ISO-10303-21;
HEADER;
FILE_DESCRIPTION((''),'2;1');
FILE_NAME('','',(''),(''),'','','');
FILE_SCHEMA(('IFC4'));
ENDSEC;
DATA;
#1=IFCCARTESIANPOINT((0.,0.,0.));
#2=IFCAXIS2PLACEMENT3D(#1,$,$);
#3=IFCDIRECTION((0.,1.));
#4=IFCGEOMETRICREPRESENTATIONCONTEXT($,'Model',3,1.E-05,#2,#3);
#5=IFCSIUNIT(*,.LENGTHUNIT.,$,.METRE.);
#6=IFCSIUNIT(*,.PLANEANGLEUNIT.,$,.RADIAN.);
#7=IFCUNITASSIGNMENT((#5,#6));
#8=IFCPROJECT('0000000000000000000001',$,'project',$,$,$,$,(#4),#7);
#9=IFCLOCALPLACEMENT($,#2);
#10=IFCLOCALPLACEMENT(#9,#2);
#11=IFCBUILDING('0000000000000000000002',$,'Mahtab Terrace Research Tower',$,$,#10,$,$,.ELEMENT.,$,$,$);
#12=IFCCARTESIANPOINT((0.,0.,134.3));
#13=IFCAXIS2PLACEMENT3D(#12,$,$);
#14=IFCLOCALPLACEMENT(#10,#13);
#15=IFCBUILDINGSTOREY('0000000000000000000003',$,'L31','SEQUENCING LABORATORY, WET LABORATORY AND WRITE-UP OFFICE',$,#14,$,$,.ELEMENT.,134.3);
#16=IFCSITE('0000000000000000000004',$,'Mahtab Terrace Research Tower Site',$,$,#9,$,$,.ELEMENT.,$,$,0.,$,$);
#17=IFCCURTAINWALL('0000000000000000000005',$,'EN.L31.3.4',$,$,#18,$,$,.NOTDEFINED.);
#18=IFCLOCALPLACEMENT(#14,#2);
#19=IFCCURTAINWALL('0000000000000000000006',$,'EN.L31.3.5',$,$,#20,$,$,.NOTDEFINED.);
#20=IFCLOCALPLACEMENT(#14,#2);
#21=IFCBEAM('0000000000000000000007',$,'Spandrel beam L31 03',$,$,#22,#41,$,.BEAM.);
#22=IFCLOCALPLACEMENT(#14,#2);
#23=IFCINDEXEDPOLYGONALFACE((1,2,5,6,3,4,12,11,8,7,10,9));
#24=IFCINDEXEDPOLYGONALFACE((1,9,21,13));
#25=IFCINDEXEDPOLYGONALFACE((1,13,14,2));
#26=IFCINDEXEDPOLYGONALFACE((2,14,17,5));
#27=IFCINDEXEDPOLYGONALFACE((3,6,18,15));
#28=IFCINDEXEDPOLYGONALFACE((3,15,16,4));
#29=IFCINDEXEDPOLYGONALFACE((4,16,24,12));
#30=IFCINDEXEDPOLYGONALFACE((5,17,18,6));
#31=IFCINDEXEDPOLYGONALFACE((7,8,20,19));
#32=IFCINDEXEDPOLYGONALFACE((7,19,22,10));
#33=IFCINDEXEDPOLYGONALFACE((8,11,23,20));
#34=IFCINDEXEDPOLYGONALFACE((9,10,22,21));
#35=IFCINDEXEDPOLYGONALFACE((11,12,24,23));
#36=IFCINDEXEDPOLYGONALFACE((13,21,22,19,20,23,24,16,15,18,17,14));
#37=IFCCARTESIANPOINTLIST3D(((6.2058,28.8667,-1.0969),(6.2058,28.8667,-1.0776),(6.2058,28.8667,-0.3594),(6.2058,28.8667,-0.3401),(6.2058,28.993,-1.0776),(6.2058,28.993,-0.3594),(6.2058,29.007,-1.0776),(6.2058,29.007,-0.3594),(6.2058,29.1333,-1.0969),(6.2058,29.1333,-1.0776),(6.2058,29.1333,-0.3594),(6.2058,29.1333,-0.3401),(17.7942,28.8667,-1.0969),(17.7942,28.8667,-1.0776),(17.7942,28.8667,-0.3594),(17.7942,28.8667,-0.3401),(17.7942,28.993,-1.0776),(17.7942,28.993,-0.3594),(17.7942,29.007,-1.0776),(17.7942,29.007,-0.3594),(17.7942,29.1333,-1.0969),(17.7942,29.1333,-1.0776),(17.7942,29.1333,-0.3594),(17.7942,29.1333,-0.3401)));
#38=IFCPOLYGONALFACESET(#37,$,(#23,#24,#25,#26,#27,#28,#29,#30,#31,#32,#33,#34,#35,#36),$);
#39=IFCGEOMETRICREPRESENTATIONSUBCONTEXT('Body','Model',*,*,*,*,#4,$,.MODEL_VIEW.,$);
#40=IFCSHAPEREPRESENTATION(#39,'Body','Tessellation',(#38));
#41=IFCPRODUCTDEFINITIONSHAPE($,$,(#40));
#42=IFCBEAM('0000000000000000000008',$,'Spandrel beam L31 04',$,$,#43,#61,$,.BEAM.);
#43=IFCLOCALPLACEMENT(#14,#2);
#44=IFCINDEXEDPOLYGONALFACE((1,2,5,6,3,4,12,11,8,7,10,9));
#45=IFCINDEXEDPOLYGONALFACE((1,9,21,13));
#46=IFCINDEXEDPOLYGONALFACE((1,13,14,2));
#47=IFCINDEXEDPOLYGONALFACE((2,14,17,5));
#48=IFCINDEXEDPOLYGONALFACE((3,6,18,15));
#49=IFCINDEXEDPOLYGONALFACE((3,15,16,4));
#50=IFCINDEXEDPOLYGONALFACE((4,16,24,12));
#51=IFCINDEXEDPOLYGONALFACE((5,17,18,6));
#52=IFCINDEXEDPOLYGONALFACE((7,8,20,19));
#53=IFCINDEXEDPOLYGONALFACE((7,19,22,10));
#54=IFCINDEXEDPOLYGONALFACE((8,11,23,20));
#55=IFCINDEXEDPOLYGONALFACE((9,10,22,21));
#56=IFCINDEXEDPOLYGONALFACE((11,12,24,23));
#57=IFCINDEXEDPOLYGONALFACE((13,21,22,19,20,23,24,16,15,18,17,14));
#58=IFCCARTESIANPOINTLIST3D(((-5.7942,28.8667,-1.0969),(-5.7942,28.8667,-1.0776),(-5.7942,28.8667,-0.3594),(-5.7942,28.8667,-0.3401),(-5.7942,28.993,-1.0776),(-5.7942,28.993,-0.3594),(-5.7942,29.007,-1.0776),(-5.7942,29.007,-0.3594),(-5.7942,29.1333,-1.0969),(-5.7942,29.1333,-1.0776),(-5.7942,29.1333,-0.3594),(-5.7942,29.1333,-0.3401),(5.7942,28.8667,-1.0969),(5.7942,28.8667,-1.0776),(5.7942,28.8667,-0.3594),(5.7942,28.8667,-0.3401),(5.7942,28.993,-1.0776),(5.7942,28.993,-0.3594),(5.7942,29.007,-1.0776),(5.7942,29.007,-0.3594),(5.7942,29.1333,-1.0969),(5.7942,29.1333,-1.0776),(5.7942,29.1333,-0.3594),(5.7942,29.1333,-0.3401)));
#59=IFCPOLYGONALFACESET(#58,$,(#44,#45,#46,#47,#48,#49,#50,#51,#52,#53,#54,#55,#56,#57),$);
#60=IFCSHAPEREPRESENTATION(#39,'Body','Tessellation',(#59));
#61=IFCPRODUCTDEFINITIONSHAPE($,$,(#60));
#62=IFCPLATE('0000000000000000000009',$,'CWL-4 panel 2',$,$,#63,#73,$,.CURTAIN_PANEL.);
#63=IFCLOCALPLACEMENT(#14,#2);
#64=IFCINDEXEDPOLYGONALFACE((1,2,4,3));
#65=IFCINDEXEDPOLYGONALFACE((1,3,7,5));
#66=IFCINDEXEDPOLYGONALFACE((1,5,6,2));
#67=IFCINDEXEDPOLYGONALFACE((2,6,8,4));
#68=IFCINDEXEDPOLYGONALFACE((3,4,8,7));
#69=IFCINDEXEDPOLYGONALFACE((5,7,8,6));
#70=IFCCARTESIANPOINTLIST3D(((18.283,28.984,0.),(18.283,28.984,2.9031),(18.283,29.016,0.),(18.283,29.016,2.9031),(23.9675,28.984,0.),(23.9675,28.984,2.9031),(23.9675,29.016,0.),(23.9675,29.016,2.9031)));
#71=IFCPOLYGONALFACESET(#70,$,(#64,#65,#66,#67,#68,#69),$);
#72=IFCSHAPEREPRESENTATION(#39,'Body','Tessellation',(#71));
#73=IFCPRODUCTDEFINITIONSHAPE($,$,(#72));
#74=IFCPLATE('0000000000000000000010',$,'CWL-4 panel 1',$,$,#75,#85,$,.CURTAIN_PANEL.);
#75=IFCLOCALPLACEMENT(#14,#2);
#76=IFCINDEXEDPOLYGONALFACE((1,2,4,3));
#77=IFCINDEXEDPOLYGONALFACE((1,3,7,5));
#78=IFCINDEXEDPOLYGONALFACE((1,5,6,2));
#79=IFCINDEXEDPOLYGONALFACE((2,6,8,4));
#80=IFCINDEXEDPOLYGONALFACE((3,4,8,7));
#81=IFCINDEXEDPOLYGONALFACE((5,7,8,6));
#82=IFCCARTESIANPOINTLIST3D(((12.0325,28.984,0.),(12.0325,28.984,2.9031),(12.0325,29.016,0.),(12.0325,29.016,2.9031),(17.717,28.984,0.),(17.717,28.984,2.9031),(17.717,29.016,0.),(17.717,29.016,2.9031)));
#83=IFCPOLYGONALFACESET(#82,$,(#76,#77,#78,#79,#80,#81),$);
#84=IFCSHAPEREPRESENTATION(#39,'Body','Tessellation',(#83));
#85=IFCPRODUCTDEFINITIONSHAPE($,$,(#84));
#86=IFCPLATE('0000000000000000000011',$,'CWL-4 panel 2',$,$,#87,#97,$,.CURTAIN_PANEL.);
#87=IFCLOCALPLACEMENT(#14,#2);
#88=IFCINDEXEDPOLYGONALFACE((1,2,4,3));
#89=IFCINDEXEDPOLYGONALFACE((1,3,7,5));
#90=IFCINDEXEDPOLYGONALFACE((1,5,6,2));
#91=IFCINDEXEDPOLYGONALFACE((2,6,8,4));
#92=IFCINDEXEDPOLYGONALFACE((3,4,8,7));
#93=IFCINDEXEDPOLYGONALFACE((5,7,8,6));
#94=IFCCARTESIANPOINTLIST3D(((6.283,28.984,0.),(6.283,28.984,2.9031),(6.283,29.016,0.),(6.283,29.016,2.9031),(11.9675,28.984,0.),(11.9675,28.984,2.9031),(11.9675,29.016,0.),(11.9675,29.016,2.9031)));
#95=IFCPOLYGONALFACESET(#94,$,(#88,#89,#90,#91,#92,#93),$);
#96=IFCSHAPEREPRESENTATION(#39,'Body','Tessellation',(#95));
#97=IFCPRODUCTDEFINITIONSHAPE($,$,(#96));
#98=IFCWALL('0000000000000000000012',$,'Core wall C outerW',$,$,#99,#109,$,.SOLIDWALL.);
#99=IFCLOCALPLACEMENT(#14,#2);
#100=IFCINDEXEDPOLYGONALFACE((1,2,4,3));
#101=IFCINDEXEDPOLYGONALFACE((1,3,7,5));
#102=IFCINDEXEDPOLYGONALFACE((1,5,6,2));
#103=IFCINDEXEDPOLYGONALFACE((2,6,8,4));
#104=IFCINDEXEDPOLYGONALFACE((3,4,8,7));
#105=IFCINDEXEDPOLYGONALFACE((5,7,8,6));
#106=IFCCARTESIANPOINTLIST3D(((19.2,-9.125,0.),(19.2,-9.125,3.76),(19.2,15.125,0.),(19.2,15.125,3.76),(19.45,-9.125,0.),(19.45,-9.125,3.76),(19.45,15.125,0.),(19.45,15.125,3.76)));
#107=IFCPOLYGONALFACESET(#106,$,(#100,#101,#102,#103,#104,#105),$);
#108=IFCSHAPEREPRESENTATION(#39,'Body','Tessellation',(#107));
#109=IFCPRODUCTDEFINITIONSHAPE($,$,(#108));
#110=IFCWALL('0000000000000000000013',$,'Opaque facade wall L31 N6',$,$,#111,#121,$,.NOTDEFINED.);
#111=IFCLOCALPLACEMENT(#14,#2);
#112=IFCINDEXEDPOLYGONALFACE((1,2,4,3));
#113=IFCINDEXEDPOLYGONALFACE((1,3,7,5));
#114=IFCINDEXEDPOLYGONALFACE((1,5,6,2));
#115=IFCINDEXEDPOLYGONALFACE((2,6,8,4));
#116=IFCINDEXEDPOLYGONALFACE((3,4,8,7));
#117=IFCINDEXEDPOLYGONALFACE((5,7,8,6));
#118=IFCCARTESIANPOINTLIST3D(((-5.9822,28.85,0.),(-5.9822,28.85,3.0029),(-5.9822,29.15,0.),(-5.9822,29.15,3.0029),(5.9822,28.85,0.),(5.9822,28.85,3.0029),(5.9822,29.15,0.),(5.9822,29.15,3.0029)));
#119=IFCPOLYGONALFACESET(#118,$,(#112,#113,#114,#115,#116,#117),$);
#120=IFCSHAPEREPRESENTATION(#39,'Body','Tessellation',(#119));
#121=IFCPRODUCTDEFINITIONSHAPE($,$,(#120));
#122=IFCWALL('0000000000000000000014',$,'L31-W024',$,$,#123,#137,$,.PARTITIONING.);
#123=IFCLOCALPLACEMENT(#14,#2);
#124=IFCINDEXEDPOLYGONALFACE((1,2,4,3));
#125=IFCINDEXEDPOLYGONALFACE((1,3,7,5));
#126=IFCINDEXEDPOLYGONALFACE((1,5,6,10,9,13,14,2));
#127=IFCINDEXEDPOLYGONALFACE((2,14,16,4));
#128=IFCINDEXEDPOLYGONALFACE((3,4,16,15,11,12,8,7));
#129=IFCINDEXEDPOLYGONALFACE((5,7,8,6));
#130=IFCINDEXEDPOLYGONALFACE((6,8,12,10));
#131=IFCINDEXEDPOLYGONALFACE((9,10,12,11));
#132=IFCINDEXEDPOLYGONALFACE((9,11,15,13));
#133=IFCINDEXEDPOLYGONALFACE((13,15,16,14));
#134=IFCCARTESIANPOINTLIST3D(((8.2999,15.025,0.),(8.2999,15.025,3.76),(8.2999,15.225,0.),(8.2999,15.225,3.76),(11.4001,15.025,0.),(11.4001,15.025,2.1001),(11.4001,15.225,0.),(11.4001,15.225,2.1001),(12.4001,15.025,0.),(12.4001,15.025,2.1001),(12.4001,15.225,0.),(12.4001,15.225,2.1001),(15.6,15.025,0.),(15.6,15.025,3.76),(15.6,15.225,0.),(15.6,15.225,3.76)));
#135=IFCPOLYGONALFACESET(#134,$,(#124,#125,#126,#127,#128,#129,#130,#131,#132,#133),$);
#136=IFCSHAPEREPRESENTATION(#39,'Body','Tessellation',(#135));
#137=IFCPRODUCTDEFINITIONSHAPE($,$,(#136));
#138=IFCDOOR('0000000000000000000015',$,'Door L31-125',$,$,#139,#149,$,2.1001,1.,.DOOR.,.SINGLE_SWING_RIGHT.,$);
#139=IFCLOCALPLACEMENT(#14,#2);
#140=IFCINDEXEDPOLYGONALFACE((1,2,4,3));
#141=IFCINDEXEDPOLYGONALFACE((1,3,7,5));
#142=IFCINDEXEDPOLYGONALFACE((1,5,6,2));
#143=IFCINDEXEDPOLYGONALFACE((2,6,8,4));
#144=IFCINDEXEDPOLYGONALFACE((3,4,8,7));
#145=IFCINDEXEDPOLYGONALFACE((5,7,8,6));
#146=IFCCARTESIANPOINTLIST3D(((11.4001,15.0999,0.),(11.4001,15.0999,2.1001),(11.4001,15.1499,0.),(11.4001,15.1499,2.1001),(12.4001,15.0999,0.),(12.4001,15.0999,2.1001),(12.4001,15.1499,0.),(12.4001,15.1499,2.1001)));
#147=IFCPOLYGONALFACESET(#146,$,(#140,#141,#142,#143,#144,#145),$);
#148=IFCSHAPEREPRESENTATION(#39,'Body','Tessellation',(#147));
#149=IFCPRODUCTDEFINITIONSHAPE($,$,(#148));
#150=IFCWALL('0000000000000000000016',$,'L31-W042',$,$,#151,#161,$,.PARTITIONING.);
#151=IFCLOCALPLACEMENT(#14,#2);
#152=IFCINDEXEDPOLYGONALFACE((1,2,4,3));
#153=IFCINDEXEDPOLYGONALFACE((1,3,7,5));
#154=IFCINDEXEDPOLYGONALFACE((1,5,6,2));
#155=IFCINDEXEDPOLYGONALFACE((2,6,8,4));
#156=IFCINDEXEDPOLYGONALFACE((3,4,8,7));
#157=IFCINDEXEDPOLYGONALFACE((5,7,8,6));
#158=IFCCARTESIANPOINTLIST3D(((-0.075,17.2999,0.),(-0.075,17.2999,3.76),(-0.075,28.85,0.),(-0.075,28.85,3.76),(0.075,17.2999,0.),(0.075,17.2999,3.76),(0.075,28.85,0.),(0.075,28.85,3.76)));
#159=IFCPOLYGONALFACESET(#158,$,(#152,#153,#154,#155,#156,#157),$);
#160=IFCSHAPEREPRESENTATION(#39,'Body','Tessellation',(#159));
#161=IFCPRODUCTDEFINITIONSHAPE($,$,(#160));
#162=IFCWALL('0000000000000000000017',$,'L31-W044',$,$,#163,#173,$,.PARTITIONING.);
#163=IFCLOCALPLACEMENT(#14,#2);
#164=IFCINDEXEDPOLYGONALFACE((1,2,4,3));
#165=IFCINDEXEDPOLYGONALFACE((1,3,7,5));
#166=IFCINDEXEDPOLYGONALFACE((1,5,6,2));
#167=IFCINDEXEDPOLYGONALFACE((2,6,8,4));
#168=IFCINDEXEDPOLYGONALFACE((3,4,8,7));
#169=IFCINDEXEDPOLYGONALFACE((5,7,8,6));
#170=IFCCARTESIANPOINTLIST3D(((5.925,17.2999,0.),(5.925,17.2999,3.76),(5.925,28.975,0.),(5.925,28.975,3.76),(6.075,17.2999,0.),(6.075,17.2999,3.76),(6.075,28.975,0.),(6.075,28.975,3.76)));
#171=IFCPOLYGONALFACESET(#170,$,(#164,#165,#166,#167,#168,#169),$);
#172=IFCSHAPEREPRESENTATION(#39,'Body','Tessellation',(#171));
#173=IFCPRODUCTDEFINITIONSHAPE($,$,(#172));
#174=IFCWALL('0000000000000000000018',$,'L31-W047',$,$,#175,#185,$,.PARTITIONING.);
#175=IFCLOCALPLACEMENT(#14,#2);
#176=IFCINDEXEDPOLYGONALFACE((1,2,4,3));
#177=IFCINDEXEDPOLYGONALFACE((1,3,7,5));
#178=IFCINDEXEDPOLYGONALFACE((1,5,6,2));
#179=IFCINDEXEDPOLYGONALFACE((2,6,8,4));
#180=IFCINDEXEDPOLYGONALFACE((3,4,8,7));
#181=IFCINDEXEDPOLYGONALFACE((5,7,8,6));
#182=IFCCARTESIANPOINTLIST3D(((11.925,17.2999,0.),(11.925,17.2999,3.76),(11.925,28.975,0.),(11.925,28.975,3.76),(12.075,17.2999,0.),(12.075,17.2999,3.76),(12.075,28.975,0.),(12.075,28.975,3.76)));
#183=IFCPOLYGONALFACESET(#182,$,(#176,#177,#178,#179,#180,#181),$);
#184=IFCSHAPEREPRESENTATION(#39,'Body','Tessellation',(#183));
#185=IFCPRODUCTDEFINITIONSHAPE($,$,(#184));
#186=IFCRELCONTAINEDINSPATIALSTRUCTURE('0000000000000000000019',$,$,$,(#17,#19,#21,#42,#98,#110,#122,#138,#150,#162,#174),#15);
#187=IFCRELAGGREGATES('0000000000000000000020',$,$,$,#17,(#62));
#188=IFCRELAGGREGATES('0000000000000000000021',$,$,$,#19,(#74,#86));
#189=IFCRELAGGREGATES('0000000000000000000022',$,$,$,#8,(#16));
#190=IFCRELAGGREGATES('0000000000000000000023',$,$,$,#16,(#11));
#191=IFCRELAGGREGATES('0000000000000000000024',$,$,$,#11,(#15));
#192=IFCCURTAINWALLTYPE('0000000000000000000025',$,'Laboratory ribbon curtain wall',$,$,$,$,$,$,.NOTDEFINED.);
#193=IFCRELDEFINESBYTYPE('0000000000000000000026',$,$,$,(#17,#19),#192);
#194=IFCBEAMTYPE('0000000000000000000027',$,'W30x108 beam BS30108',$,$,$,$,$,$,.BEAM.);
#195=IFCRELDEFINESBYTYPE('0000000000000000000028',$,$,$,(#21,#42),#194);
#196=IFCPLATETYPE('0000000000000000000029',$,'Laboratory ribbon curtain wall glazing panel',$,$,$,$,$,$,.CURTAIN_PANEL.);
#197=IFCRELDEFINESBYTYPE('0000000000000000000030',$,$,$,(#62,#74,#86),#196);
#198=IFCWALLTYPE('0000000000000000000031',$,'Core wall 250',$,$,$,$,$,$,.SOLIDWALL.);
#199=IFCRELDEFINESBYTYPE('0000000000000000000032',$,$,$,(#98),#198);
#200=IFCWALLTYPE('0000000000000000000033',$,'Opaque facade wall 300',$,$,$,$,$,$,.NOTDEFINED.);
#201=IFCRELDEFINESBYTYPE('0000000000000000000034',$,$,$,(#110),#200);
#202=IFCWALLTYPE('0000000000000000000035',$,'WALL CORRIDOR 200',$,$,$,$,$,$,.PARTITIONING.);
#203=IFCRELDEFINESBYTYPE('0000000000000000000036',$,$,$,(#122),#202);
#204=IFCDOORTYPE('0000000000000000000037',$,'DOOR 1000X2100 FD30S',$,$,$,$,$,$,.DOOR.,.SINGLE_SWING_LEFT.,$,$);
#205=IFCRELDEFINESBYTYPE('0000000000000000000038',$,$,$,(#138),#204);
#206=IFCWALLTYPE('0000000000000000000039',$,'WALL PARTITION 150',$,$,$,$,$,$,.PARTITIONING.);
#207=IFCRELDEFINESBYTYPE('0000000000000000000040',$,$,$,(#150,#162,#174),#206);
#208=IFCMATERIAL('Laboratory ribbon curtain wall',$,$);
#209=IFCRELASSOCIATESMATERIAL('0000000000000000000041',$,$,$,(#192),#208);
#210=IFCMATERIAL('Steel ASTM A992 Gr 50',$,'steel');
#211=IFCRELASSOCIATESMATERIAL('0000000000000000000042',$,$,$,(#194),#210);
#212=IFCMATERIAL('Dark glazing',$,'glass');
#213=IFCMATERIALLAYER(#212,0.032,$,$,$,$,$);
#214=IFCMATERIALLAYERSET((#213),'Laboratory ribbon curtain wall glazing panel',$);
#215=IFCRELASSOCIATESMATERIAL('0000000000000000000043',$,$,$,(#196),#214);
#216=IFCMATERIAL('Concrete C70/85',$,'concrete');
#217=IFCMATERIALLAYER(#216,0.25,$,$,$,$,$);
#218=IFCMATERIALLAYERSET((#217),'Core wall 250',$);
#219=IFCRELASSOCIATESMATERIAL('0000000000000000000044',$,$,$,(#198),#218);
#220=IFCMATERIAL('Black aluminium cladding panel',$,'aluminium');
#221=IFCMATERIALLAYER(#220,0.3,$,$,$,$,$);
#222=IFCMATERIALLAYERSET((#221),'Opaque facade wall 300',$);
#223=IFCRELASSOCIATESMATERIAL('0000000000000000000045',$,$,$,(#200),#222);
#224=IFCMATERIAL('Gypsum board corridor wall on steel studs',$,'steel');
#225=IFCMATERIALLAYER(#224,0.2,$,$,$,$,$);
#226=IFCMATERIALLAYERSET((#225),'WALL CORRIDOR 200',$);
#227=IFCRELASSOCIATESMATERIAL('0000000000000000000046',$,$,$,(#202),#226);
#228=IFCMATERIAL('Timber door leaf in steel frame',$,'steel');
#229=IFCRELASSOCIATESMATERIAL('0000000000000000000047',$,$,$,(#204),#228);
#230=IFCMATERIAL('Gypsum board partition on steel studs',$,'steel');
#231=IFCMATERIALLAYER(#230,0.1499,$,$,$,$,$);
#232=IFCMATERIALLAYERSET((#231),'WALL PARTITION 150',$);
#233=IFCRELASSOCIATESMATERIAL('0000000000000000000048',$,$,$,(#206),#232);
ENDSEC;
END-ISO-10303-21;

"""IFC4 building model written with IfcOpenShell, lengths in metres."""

from ifc_helpers import new_model, si_unit, direction, frame, frame_2d, origin, origin_2d, place, context, subcontext, project, spatial, rectangle, i_section, extrude, material, layer, layer_set, material_profile, profile_set, type_object, element, fill, aggregate, save


model = new_model("IFC4")

# Units and contexts
model_context = context("Model", 3, precision=1e-05, world=origin(), true_north=direction((0.0, 1.0)))
body_context = subcontext(model_context, "Body", "Model", "MODEL_VIEW")
ifc_project = project(units=[si_unit("LENGTHUNIT", "METRE"), si_unit("PLANEANGLEUNIT", "RADIAN")], contexts=[model_context])

# Site, building, storey
site_placement = place(None, origin())
site = spatial("IfcSite", under=ifc_project, at=site_placement, Name="Mahtab Terrace Research Tower Site", CompositionType="ELEMENT", RefElevation=0.0)
building_placement = place(site_placement, origin())
building = spatial("IfcBuilding", under=site, at=building_placement, Name="Mahtab Terrace Research Tower", CompositionType="ELEMENT")
storey_placement = place(building_placement, frame((0.0, 0.0, 134.3)))
storey = spatial("IfcBuildingStorey", under=building, at=storey_placement, Name="L31", Description="SEQUENCING LABORATORY, WET LABORATORY AND WRITE-UP OFFICE", CompositionType="ELEMENT", Elevation=134.3)

# Shared definitions
ifc_material_1 = material(Name="Steel ASTM A992 Gr 50", Category="steel")

# Curtain walls
ifc_material_2 = material(Name="Laboratory ribbon curtain wall")
curtain_wall_type = type_object("IfcCurtainWallType", Name="Laboratory ribbon curtain wall", PredefinedType="NOTDEFINED", material=ifc_material_2)
curtain_wall_1_placement = place(storey_placement, origin())
curtain_wall_1 = element("IfcCurtainWall", 1, at=curtain_wall_1_placement, inside=storey, type_object=curtain_wall_type, Name="EN.L31.3.4", PredefinedType="NOTDEFINED")
curtain_wall_2_placement = place(storey_placement, origin())
curtain_wall_2 = element("IfcCurtainWall", 2, at=curtain_wall_2_placement, inside=storey, type_object=curtain_wall_type, Name="EN.L31.3.5", PredefinedType="NOTDEFINED")

# Beams
ifc_material_profile_1 = material_profile(ifc_material_1, i_section(OverallWidth=0.2666, OverallDepth=0.7568, WebThickness=0.0139, FlangeThickness=0.0193, at=origin_2d()), Name="W30X108")
ifc_profile_set_1 = profile_set([ifc_material_profile_1], Name="Steel ASTM A992 Gr 50")
beam_type = type_object("IfcBeamType", Name="W30x108 beam BS30108", PredefinedType="BEAM", material=ifc_profile_set_1)
for number, where, z_axis, x_axis, name in (
    (3, (17.7942, 29.0, -0.7185), (-1.0, 0.0, 0.0), (0.0, -1.0, 0.0), "Spandrel beam L31 03"),
    (4, (5.7942, 29.0, -0.7185), (-1.0, 0.0, 0.0), (0.0, -1.0, 0.0), "Spandrel beam L31 04"),
):
    element("IfcBeam", number, at=place(storey_placement, frame(where, z_axis=z_axis, x_axis=x_axis)), inside=storey, type_object=beam_type, Name=name, PredefinedType="BEAM", context=body_context, shape_type="SweptSolid", body=[
        extrude(i_section(OverallWidth=0.2666, OverallDepth=0.7568, WebThickness=0.0139, FlangeThickness=0.0193, at=origin_2d()), origin(), (0.0, 0.0, 1.0), 11.5884),
    ])

# Plates
ifc_material_3 = material(Name="Dark glazing", Category="glass")
ifc_layer_1 = layer(ifc_material_3, 0.032)
ifc_layer_set_1 = layer_set([ifc_layer_1], Name="Laboratory ribbon curtain wall glazing panel")
plate_type = type_object("IfcPlateType", Name="Laboratory ribbon curtain wall glazing panel", PredefinedType="CURTAIN_PANEL", material=ifc_layer_set_1)
plate_1_placement = place(storey_placement, frame((21.1252, 29.0, 0.0), z_axis=(0.0, 0.0, 1.0), x_axis=(-1.0, 0.0, 0.0)))
plate_1 = element("IfcPlate", 5, at=plate_1_placement, type_object=plate_type, Name="CWL-4 panel 2", PredefinedType="CURTAIN_PANEL", context=body_context, shape_type="SweptSolid", body=[
    extrude(rectangle(XDim=5.6846, YDim=0.032, at=origin_2d()), origin(), (0.0, 0.0, 1.0), 2.9031),
])
aggregate(curtain_wall_1, [plate_1])
plate_2_placement = place(storey_placement, frame((14.8748, 29.0, 0.0), z_axis=(0.0, 0.0, 1.0), x_axis=(-1.0, 0.0, 0.0)))
plate_2 = element("IfcPlate", 6, at=plate_2_placement, type_object=plate_type, Name="CWL-4 panel 1", PredefinedType="CURTAIN_PANEL", context=body_context, shape_type="SweptSolid", body=[
    extrude(rectangle(XDim=5.6846, YDim=0.032, at=origin_2d()), origin(), (0.0, 0.0, 1.0), 2.9031),
])
plate_3_placement = place(storey_placement, frame((9.1252, 29.0, 0.0), z_axis=(0.0, 0.0, 1.0), x_axis=(-1.0, 0.0, 0.0)))
plate_3 = element("IfcPlate", 7, at=plate_3_placement, type_object=plate_type, Name="CWL-4 panel 2", PredefinedType="CURTAIN_PANEL", context=body_context, shape_type="SweptSolid", body=[
    extrude(rectangle(XDim=5.6846, YDim=0.032, at=origin_2d()), origin(), (0.0, 0.0, 1.0), 2.9031),
])
aggregate(curtain_wall_2, [plate_2, plate_3])

# Walls
ifc_material_4 = material(Name="Concrete C70/85", Category="concrete")
ifc_layer_2 = layer(ifc_material_4, 0.25)
ifc_layer_set_2 = layer_set([ifc_layer_2], Name="Core wall 250")
wall_type_1 = type_object("IfcWallType", Name="Core wall 250", PredefinedType="SOLIDWALL", material=ifc_layer_set_2)
wall_1_placement = place(storey_placement, frame((19.325, 15.125, 0.0), z_axis=(0.0, 0.0, 1.0), x_axis=(0.0, -1.0, 0.0)))
element("IfcWall", 8, at=wall_1_placement, inside=storey, type_object=wall_type_1, Name="Core wall C outerW", PredefinedType="SOLIDWALL", context=body_context, shape_type="SweptSolid", body=[
    extrude(rectangle(XDim=24.25, YDim=0.25, at=frame_2d((12.125, 0.0))), origin(), (0.0, 0.0, 1.0), 3.76),
])
ifc_material_5 = material(Name="Black aluminium cladding panel", Category="aluminium")
ifc_layer_3 = layer(ifc_material_5, 0.3)
ifc_layer_set_3 = layer_set([ifc_layer_3], Name="Opaque facade wall 300")
wall_type_2 = type_object("IfcWallType", Name="Opaque facade wall 300", PredefinedType="NOTDEFINED", material=ifc_layer_set_3)
wall_2_placement = place(storey_placement, frame((5.9822, 29.0, 0.0), z_axis=(0.0, 0.0, 1.0), x_axis=(-1.0, 0.0, 0.0)))
element("IfcWall", 9, at=wall_2_placement, inside=storey, type_object=wall_type_2, Name="Opaque facade wall L31 N6", PredefinedType="NOTDEFINED", context=body_context, shape_type="SweptSolid", body=[
    extrude(rectangle(XDim=11.9644, YDim=0.3, at=frame_2d((5.9822, 0.0))), origin(), (0.0, 0.0, 1.0), 3.0029),
])

# Wall, opening, door
ifc_material_6 = material(Name="Gypsum board corridor wall on steel studs", Category="steel")
ifc_layer_4 = layer(ifc_material_6, 0.2)
ifc_layer_set_4 = layer_set([ifc_layer_4], Name="WALL CORRIDOR 200")
wall_type_3 = type_object("IfcWallType", Name="WALL CORRIDOR 200", PredefinedType="PARTITIONING", material=ifc_layer_set_4)
wall_3_placement = place(storey_placement, frame((8.3, 15.125, 0.0), z_axis=(0.0, 0.0, 1.0), x_axis=(1.0, 0.0, 0.0)))
wall_3 = element("IfcWall", 10, at=wall_3_placement, inside=storey, type_object=wall_type_3, Name="L31-W024", PredefinedType="PARTITIONING", context=body_context, shape_type="SweptSolid", body=[
    extrude(rectangle(XDim=7.3, YDim=0.2, at=frame_2d((3.6499, 0.0))), origin(), (0.0, 0.0, 1.0), 3.76),
])
opening_placement = place(wall_3_placement, frame((3.1001, 0.0, 0.0)))
opening = element("IfcOpeningElement", 11, at=opening_placement, cuts=wall_3, PredefinedType="OPENING", context=body_context, shape_type="SweptSolid", body=[
    extrude(rectangle(XDim=1.0, YDim=2.1001, at=frame_2d((0.5, 1.05))), frame((0.0, 0.1099, 0.0), z_axis=(0.0, -1.0, 0.0), x_axis=(1.0, 0.0, 0.0)), (0.0, 0.0, 1.0), 0.22),
])
ifc_material_7 = material(Name="Timber door leaf in steel frame", Category="steel")
door_type = type_object("IfcDoorType", Name="DOOR 1000X2100 FD30S", OperationType="SINGLE_SWING_LEFT", PredefinedType="DOOR", material=ifc_material_7)
door_placement = place(opening_placement, origin())
door = element("IfcDoor", 12, at=door_placement, inside=storey, type_object=door_type, Name="Door L31-125", OperationType="SINGLE_SWING_RIGHT", OverallHeight=2.1001, OverallWidth=1.0, PredefinedType="DOOR", context=body_context, shape_type="SweptSolid", body=[
    extrude(rectangle(XDim=1.0, YDim=2.1001, at=frame_2d((0.5, 1.05))), frame((0.0, 0.0249, 0.0), z_axis=(0.0, -1.0, 0.0), x_axis=(1.0, 0.0, 0.0)), (0.0, 0.0, 1.0), 0.05),
])
fill(opening, door)

# Walls
ifc_material_8 = material(Name="Gypsum board partition on steel studs", Category="steel")
ifc_layer_5 = layer(ifc_material_8, 0.1499)
ifc_layer_set_5 = layer_set([ifc_layer_5], Name="WALL PARTITION 150")
wall_type_4 = type_object("IfcWallType", Name="WALL PARTITION 150", PredefinedType="PARTITIONING", material=ifc_layer_set_5)
wall_4_placement = place(storey_placement, frame((0.0, 17.3, 0.0), z_axis=(0.0, 0.0, 1.0), x_axis=(0.0, 1.0, 0.0)))
element("IfcWall", 13, at=wall_4_placement, inside=storey, type_object=wall_type_4, Name="L31-W042", PredefinedType="PARTITIONING", context=body_context, shape_type="SweptSolid", body=[
    extrude(rectangle(XDim=11.55, YDim=0.1499, at=frame_2d((5.7749, 0.0))), origin(), (0.0, 0.0, 1.0), 3.76),
])
for number, where, z_axis, x_axis, name in (
    (14, (6.0, 17.3, 0.0), (0.0, 0.0, 1.0), (0.0, 1.0, 0.0), "L31-W044"),
    (15, (12.0, 17.3, 0.0), (0.0, 0.0, 1.0), (0.0, 1.0, 0.0), "L31-W047"),
):
    element("IfcWall", number, at=place(storey_placement, frame(where, z_axis=z_axis, x_axis=x_axis)), inside=storey, type_object=wall_type_4, Name=name, PredefinedType="PARTITIONING", context=body_context, shape_type="SweptSolid", body=[
        extrude(rectangle(XDim=11.675, YDim=0.1499, at=frame_2d((5.8374, 0.0))), origin(), (0.0, 0.0, 1.0), 3.76),
    ])

save(model, "model.ifc")
